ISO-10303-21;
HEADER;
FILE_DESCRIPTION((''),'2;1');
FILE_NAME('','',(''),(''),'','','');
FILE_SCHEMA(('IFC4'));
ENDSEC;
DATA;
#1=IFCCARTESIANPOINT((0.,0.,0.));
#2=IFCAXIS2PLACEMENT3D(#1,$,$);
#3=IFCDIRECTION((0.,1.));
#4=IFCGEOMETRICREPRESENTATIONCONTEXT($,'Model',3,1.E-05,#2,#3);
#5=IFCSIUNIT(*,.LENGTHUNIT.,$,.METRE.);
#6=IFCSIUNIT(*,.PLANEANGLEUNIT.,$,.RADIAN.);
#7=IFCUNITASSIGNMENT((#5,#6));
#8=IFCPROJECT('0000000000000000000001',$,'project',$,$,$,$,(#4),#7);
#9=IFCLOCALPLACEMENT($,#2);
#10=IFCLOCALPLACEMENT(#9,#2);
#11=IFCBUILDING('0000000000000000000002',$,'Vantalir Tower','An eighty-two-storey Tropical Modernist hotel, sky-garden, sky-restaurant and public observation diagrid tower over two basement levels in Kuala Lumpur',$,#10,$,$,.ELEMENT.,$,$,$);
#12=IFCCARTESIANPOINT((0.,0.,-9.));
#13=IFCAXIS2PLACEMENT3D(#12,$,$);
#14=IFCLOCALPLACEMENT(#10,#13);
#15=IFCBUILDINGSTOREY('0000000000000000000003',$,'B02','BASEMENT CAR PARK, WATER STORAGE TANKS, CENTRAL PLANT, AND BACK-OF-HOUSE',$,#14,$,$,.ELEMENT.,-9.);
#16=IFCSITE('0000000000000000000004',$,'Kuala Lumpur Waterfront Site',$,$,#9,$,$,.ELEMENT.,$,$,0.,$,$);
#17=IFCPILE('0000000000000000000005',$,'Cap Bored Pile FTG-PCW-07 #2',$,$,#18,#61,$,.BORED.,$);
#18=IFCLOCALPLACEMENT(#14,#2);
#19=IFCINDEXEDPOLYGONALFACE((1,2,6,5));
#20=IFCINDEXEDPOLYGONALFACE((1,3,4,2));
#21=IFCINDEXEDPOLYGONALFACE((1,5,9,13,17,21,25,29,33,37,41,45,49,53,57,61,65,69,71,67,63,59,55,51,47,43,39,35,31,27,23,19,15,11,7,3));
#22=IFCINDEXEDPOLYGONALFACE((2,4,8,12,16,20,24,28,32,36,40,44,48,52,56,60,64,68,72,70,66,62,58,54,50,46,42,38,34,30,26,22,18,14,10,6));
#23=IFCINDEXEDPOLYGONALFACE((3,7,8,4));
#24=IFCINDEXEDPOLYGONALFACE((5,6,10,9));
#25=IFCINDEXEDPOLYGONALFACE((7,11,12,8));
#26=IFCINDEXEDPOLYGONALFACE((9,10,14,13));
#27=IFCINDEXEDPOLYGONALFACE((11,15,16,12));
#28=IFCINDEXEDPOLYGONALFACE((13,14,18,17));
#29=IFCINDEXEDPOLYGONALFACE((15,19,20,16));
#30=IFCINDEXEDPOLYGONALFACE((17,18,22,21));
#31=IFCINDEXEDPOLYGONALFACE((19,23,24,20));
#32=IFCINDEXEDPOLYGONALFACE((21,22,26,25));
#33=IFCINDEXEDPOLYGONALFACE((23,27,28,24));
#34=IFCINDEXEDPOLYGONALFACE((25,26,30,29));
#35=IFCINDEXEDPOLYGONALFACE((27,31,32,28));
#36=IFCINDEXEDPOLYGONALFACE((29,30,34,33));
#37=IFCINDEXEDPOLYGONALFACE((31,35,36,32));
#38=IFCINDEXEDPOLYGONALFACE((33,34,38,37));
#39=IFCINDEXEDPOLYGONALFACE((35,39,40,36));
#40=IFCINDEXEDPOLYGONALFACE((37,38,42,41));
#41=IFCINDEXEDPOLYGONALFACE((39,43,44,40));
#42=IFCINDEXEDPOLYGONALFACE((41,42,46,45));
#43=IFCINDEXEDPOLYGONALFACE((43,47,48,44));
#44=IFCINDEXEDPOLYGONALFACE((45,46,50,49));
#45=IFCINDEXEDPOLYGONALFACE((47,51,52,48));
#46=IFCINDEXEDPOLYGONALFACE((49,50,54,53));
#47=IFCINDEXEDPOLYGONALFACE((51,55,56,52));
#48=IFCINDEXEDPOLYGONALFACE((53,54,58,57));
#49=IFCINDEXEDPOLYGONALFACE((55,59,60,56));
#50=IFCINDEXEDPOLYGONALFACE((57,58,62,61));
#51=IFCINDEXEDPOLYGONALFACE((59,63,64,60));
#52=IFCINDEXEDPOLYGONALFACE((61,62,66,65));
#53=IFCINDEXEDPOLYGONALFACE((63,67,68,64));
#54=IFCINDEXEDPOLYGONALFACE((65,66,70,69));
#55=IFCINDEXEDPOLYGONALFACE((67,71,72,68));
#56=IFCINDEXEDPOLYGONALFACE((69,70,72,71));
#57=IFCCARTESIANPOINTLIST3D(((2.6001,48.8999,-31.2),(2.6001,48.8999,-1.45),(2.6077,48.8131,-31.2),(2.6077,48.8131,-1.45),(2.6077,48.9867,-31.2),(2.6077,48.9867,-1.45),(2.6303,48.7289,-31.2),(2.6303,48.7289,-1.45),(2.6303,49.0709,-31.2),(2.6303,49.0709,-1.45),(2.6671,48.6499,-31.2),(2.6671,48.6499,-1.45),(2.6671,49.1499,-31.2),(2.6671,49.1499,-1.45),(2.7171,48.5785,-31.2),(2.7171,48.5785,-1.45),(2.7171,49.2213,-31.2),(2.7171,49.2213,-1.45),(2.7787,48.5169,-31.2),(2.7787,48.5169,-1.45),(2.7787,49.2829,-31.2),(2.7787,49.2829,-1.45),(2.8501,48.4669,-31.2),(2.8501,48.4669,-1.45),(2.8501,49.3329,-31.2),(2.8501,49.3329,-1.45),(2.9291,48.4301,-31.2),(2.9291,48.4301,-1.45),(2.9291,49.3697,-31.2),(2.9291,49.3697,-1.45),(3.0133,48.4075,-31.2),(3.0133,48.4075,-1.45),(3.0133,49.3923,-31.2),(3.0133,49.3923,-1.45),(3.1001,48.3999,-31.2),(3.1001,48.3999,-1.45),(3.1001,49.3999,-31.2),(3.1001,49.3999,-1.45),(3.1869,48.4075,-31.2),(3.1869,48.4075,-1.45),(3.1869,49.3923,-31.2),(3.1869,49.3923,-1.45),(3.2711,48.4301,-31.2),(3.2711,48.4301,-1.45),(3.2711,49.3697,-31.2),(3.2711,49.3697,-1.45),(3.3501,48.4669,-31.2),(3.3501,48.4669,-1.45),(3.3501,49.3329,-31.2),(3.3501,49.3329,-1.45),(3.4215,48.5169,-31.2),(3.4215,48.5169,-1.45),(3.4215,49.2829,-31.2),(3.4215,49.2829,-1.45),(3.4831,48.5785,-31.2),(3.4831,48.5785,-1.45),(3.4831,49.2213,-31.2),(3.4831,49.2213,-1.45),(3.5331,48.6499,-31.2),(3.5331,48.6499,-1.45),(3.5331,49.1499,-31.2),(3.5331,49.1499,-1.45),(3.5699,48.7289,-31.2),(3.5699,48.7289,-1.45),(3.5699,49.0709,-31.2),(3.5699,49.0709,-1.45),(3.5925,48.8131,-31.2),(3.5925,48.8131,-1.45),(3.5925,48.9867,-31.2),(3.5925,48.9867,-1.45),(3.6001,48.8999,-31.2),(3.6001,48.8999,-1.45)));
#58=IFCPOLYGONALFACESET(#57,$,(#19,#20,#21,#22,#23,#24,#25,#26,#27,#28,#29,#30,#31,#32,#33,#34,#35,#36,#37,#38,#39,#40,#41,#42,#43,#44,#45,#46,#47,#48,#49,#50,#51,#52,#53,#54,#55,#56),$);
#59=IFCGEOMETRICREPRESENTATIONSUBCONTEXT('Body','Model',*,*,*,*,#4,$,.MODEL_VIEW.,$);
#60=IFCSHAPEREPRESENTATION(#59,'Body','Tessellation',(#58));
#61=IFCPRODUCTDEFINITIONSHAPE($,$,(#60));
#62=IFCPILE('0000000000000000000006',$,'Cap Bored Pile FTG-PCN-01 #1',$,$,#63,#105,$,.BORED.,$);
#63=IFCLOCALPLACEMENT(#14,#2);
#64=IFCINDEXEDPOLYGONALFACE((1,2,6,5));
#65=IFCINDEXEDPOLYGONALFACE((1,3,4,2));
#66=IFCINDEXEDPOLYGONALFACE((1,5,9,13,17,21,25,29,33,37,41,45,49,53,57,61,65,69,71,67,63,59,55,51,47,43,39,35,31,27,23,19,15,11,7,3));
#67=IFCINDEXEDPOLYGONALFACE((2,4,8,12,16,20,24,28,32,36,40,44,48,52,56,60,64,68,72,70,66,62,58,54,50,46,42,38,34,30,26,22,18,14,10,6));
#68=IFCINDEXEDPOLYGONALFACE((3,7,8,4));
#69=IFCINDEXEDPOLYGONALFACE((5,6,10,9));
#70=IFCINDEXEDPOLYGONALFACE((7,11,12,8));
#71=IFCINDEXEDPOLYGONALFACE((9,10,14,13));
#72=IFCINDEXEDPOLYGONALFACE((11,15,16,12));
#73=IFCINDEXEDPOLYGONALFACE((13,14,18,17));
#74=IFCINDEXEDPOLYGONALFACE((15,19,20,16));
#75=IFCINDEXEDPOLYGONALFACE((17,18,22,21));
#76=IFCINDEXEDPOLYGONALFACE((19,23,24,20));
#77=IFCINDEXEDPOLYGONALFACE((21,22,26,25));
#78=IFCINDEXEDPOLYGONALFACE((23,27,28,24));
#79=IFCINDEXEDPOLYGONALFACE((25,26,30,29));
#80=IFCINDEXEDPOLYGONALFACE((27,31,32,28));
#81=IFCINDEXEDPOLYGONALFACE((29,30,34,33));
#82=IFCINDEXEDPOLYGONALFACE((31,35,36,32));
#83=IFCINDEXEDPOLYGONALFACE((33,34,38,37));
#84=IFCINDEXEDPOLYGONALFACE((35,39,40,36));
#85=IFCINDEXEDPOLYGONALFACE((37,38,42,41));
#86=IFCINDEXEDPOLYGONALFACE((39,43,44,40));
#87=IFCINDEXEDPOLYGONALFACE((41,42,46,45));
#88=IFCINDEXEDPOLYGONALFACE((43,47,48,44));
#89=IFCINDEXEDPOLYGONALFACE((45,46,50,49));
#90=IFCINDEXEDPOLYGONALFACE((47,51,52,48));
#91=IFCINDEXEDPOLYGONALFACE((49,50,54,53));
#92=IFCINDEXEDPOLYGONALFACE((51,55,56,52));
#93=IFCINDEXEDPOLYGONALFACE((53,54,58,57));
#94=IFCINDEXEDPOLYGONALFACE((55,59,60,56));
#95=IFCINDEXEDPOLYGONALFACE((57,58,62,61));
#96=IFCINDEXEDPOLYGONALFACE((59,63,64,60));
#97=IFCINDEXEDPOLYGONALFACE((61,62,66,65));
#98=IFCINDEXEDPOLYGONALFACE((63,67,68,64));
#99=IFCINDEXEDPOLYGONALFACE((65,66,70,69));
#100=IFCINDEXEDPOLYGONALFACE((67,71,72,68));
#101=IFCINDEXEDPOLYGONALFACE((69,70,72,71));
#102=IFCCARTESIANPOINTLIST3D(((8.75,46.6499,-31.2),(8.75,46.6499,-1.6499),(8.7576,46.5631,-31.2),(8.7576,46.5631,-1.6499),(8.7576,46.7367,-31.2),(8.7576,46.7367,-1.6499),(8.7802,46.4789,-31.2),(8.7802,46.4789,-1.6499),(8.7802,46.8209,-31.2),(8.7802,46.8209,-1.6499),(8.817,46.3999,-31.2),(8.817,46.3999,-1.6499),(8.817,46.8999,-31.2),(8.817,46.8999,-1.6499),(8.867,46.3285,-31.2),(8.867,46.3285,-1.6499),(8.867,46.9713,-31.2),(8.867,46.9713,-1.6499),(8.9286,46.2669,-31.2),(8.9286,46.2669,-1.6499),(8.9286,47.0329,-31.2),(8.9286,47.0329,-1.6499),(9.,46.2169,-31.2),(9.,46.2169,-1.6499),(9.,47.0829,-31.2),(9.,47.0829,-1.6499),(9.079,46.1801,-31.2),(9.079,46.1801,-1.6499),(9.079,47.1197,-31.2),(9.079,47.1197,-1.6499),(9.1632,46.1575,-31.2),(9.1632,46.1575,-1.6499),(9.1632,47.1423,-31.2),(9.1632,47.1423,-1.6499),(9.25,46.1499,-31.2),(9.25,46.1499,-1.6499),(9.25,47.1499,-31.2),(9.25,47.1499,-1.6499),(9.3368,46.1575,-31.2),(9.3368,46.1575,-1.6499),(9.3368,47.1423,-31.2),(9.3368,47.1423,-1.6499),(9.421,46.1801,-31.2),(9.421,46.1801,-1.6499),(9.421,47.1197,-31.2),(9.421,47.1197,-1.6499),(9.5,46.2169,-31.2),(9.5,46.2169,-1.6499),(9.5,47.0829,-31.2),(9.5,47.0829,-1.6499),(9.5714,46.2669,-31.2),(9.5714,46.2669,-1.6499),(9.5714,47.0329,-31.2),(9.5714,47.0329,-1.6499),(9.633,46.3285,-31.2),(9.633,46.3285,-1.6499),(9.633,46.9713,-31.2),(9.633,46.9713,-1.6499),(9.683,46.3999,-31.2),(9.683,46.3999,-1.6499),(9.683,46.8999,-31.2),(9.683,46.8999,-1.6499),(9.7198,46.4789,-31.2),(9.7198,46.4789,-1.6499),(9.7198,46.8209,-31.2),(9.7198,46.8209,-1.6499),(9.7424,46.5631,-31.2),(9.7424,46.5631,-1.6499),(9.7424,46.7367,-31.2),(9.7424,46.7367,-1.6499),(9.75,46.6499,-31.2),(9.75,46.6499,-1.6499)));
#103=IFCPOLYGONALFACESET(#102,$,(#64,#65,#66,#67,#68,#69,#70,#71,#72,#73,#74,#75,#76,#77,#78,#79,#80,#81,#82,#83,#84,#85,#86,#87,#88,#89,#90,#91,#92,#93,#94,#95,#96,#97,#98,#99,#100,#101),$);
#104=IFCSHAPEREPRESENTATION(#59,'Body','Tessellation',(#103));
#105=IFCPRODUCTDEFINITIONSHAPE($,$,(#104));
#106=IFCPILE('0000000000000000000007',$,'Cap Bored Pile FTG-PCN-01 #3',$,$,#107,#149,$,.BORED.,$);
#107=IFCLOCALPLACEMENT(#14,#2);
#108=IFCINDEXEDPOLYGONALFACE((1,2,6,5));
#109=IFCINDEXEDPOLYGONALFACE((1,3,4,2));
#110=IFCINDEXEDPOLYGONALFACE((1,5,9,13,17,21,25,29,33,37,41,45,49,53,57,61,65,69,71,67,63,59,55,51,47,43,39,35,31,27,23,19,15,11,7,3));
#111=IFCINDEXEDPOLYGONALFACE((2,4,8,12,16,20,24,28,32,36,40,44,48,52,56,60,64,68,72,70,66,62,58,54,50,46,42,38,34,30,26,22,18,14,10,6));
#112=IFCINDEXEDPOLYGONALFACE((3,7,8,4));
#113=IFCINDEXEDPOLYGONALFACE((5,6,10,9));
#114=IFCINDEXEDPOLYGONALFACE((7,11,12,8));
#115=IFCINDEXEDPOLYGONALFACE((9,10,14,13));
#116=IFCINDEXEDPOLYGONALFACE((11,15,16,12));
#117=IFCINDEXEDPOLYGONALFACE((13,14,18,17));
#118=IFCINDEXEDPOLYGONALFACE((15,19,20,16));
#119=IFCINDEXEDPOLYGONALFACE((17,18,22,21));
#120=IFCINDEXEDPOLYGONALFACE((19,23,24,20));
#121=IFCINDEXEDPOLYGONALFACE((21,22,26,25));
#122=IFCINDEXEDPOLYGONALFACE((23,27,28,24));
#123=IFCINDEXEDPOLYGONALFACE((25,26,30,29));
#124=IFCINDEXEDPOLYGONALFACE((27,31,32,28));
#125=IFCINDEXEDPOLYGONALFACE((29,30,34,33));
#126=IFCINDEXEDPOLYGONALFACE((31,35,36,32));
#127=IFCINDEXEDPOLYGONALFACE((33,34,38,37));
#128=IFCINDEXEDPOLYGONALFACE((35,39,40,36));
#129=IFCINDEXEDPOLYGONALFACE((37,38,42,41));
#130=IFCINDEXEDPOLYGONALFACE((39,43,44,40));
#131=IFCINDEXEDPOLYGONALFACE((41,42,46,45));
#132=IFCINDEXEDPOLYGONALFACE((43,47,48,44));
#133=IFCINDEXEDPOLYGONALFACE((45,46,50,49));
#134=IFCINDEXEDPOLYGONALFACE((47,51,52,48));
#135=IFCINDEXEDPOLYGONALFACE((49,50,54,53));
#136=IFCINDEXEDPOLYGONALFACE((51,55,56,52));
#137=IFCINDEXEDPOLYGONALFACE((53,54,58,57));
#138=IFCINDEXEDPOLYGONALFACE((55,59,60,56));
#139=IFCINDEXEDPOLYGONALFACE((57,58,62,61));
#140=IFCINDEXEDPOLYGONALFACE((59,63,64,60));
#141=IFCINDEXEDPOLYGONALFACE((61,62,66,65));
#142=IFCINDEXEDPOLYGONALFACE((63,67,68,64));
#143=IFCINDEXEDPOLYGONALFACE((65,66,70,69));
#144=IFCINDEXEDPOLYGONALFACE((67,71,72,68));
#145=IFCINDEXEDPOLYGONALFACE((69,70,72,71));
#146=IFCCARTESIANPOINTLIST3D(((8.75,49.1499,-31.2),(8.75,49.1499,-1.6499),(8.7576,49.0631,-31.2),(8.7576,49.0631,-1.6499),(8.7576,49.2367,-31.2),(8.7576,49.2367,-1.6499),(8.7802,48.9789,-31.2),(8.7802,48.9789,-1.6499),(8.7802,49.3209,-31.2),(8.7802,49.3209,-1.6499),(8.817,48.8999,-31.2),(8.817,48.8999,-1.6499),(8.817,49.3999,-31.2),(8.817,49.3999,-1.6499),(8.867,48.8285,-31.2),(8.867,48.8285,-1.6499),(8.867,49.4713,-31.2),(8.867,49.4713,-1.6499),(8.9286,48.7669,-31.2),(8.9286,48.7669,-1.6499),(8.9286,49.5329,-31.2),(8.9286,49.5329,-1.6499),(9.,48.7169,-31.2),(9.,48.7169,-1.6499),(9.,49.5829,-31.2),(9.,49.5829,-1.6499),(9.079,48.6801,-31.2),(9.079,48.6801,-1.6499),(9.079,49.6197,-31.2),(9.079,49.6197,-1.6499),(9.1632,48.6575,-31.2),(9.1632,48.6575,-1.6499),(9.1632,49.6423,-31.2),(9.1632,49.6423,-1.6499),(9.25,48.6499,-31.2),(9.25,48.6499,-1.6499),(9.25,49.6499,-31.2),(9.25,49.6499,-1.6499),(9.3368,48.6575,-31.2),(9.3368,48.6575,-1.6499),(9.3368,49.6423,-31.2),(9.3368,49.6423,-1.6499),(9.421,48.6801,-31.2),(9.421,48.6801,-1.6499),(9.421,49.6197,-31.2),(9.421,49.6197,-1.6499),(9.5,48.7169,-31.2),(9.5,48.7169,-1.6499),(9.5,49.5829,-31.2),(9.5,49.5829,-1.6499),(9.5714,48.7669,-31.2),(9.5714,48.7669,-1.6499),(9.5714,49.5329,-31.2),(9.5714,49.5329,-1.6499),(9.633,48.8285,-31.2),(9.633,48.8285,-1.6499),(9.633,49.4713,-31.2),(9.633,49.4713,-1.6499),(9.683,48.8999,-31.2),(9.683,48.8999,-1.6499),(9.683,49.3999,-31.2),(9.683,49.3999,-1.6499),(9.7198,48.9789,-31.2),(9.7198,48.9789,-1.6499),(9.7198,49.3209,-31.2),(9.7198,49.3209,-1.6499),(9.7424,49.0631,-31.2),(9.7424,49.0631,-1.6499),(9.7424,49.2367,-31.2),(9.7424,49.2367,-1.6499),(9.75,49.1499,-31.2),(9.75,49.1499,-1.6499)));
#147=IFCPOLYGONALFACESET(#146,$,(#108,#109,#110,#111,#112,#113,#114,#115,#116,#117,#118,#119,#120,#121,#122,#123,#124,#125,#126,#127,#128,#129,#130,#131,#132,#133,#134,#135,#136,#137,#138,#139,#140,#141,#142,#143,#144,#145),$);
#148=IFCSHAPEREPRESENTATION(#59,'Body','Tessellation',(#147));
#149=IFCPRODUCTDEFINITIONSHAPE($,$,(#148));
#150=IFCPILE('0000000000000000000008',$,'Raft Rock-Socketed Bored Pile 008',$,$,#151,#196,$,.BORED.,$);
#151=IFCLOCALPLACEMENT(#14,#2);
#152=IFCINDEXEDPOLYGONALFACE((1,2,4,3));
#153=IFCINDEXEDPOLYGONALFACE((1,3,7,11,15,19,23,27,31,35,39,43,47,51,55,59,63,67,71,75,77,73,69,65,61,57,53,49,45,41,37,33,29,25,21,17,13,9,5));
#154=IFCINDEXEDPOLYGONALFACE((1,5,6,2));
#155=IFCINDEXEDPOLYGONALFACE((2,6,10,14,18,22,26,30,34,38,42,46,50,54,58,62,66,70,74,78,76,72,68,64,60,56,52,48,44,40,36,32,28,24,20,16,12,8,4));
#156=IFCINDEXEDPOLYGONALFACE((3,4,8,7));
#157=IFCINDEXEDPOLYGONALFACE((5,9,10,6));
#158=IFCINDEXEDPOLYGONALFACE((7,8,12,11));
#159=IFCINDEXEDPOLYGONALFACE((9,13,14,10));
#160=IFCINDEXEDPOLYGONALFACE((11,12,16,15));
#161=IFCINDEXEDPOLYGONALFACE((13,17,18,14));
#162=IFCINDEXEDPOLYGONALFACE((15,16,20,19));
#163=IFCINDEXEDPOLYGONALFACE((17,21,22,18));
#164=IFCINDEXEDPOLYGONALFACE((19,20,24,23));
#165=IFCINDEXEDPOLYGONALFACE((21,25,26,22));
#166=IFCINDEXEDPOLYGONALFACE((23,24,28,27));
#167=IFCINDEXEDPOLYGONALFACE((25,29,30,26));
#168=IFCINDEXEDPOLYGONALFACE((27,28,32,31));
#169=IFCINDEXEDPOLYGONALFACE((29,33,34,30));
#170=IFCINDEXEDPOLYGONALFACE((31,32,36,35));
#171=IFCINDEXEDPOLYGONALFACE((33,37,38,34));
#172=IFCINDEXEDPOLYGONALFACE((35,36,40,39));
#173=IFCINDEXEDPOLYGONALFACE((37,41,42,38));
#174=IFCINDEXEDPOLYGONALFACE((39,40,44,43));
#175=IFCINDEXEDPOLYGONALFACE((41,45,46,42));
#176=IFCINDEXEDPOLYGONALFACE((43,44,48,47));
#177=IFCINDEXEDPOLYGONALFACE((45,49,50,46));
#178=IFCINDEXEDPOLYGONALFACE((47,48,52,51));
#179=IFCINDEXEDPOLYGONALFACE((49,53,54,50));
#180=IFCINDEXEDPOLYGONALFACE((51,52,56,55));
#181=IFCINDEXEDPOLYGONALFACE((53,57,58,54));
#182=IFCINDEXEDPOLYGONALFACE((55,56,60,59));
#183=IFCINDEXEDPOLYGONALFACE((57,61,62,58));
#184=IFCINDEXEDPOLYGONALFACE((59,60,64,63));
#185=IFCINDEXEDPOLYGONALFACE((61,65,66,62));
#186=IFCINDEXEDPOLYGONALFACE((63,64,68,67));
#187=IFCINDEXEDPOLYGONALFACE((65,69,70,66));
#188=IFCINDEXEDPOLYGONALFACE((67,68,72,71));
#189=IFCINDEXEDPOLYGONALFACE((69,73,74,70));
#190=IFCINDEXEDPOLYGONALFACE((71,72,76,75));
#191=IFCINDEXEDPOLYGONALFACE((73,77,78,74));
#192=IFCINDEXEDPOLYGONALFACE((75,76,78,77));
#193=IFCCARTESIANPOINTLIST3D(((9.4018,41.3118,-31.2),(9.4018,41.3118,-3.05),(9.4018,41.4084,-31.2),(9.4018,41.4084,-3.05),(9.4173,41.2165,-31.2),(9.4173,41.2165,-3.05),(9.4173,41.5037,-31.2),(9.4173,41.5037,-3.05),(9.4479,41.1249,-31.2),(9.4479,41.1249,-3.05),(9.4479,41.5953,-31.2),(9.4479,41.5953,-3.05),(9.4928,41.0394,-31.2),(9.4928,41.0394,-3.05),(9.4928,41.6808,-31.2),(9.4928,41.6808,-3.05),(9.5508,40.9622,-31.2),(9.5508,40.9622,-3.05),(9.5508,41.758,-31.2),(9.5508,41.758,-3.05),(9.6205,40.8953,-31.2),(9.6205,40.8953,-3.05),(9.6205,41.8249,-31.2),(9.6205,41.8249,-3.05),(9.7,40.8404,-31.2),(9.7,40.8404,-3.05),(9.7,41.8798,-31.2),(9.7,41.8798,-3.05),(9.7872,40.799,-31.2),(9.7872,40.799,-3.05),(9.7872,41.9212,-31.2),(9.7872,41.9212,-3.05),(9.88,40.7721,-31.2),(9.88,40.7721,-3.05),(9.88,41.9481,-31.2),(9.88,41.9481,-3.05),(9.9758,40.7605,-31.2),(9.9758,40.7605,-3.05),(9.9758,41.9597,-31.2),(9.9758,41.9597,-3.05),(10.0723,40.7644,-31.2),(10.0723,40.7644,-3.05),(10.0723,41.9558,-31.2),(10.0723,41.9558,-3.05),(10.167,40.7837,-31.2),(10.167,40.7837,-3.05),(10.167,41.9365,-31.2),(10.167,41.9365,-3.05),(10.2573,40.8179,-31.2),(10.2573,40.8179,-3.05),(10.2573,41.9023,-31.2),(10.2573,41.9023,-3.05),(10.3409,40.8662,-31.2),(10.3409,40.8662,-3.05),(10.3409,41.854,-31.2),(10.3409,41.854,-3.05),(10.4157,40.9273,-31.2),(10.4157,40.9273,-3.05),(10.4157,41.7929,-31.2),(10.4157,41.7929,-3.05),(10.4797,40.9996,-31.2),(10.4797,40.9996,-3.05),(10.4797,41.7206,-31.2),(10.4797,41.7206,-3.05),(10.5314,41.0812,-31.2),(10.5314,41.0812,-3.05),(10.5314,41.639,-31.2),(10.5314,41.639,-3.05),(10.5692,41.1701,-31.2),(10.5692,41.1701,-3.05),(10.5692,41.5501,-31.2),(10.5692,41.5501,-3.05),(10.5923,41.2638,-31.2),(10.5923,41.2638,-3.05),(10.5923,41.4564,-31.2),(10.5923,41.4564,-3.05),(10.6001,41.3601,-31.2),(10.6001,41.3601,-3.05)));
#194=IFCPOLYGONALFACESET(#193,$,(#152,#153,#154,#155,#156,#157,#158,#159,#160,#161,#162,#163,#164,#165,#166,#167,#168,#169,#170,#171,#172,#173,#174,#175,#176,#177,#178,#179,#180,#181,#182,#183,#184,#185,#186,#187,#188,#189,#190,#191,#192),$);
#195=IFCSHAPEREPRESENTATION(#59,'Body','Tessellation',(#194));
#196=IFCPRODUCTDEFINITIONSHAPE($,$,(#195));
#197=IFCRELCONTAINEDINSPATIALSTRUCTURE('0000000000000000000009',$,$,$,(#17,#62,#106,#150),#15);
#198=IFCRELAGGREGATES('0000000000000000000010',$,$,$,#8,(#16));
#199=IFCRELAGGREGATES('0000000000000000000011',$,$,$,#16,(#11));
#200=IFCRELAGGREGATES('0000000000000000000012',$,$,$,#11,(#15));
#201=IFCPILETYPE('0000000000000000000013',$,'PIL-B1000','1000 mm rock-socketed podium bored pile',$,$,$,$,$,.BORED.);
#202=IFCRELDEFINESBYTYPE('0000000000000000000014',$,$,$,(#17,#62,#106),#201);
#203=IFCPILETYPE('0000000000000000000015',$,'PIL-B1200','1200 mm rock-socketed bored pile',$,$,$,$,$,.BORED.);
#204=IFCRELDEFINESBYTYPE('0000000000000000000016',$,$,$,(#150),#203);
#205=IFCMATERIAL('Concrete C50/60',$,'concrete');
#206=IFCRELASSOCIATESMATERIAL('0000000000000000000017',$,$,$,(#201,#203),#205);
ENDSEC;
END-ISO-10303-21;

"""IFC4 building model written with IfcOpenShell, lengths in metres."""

from ifc_helpers import new_model, si_unit, direction, frame, origin, origin_2d, place, context, subcontext, project, spatial, circle, extrude, material, material_profile, profile_set, type_object, element, save


model = new_model("IFC4")

# Units and contexts
model_context = context("Model", 3, precision=1e-05, world=origin(), true_north=direction((0.0, 1.0)))
body_context = subcontext(model_context, "Body", "Model", "MODEL_VIEW")
ifc_project = project(units=[si_unit("LENGTHUNIT", "METRE"), si_unit("PLANEANGLEUNIT", "RADIAN")], contexts=[model_context])

# Site, building, storey
site_placement = place(None, origin())
site = spatial("IfcSite", under=ifc_project, at=site_placement, Name="Kuala Lumpur Waterfront Site", CompositionType="ELEMENT", RefElevation=0.0)
building_placement = place(site_placement, origin())
building = spatial("IfcBuilding", under=site, at=building_placement, Name="Vantalir Tower", Description="An eighty-two-storey Tropical Modernist hotel, sky-garden, sky-restaurant and public observation diagrid tower over two basement levels in Kuala Lumpur", CompositionType="ELEMENT")
storey_placement = place(building_placement, frame((0.0, 0.0, -9.0)))
storey = spatial("IfcBuildingStorey", under=building, at=storey_placement, Name="B02", Description="BASEMENT CAR PARK, WATER STORAGE TANKS, CENTRAL PLANT, AND BACK-OF-HOUSE", CompositionType="ELEMENT", Elevation=-9.0)

# Shared definitions
ifc_material_1 = material(Name="Concrete C50/60", Category="concrete")

# Piles
ifc_material_profile_1 = material_profile(ifc_material_1, circle(Radius=0.5, at=origin_2d()), Name="Concrete C50/60")
ifc_profile_set_1 = profile_set([ifc_material_profile_1], Name="Concrete C50/60")
pile_type_1 = type_object("IfcPileType", Name="PIL-B1000", Description="1000 mm rock-socketed podium bored pile", PredefinedType="BORED", material=ifc_profile_set_1)
for number, where, z_axis, x_axis, name in (
    (1, (3.1001, 48.8999, -1.45), (0.0, 0.0, -1.0), (1.0, 0.0, 0.0), "Cap Bored Pile FTG-PCW-07 #2"),
):
    element("IfcPile", number, at=place(storey_placement, frame(where, z_axis=z_axis, x_axis=x_axis)), inside=storey, type_object=pile_type_1, Name=name, PredefinedType="BORED", context=body_context, shape_type="SweptSolid", body=[
        extrude(circle(Radius=0.5, at=origin_2d()), origin(), (0.0, 0.0, 1.0), 29.75),
    ])
for number, where, z_axis, x_axis, name in (
    (2, (9.25, 46.6499, -1.6499), (0.0, 0.0, -1.0), (1.0, 0.0, 0.0), "Cap Bored Pile FTG-PCN-01 #1"),
    (3, (9.25, 49.1499, -1.6499), (0.0, 0.0, -1.0), (1.0, 0.0, 0.0), "Cap Bored Pile FTG-PCN-01 #3"),
):
    element("IfcPile", number, at=place(storey_placement, frame(where, z_axis=z_axis, x_axis=x_axis)), inside=storey, type_object=pile_type_1, Name=name, PredefinedType="BORED", context=body_context, shape_type="SweptSolid", body=[
        extrude(circle(Radius=0.5, at=origin_2d()), origin(), (0.0, 0.0, 1.0), 29.55),
    ])
ifc_material_profile_2 = material_profile(ifc_material_1, circle(Radius=0.6001, at=origin_2d()), Name="Concrete C50/60")
ifc_profile_set_2 = profile_set([ifc_material_profile_2], Name="Concrete C50/60")
pile_type_2 = type_object("IfcPileType", Name="PIL-B1200", Description="1200 mm rock-socketed bored pile", PredefinedType="BORED", material=ifc_profile_set_2)
pile_placement = place(storey_placement, frame((10.0, 41.3601, -3.05), z_axis=(0.0, 0.0, -1.0), x_axis=(1.0, 0.0, 0.0)))
element("IfcPile", 4, at=pile_placement, inside=storey, type_object=pile_type_2, Name="Raft Rock-Socketed Bored Pile 008", PredefinedType="BORED", context=body_context, shape_type="SweptSolid", body=[
    extrude(circle(Radius=0.6001, at=origin_2d()), origin(), (0.0, 0.0, 1.0), 28.1499),
])

save(model, "model.ifc")
